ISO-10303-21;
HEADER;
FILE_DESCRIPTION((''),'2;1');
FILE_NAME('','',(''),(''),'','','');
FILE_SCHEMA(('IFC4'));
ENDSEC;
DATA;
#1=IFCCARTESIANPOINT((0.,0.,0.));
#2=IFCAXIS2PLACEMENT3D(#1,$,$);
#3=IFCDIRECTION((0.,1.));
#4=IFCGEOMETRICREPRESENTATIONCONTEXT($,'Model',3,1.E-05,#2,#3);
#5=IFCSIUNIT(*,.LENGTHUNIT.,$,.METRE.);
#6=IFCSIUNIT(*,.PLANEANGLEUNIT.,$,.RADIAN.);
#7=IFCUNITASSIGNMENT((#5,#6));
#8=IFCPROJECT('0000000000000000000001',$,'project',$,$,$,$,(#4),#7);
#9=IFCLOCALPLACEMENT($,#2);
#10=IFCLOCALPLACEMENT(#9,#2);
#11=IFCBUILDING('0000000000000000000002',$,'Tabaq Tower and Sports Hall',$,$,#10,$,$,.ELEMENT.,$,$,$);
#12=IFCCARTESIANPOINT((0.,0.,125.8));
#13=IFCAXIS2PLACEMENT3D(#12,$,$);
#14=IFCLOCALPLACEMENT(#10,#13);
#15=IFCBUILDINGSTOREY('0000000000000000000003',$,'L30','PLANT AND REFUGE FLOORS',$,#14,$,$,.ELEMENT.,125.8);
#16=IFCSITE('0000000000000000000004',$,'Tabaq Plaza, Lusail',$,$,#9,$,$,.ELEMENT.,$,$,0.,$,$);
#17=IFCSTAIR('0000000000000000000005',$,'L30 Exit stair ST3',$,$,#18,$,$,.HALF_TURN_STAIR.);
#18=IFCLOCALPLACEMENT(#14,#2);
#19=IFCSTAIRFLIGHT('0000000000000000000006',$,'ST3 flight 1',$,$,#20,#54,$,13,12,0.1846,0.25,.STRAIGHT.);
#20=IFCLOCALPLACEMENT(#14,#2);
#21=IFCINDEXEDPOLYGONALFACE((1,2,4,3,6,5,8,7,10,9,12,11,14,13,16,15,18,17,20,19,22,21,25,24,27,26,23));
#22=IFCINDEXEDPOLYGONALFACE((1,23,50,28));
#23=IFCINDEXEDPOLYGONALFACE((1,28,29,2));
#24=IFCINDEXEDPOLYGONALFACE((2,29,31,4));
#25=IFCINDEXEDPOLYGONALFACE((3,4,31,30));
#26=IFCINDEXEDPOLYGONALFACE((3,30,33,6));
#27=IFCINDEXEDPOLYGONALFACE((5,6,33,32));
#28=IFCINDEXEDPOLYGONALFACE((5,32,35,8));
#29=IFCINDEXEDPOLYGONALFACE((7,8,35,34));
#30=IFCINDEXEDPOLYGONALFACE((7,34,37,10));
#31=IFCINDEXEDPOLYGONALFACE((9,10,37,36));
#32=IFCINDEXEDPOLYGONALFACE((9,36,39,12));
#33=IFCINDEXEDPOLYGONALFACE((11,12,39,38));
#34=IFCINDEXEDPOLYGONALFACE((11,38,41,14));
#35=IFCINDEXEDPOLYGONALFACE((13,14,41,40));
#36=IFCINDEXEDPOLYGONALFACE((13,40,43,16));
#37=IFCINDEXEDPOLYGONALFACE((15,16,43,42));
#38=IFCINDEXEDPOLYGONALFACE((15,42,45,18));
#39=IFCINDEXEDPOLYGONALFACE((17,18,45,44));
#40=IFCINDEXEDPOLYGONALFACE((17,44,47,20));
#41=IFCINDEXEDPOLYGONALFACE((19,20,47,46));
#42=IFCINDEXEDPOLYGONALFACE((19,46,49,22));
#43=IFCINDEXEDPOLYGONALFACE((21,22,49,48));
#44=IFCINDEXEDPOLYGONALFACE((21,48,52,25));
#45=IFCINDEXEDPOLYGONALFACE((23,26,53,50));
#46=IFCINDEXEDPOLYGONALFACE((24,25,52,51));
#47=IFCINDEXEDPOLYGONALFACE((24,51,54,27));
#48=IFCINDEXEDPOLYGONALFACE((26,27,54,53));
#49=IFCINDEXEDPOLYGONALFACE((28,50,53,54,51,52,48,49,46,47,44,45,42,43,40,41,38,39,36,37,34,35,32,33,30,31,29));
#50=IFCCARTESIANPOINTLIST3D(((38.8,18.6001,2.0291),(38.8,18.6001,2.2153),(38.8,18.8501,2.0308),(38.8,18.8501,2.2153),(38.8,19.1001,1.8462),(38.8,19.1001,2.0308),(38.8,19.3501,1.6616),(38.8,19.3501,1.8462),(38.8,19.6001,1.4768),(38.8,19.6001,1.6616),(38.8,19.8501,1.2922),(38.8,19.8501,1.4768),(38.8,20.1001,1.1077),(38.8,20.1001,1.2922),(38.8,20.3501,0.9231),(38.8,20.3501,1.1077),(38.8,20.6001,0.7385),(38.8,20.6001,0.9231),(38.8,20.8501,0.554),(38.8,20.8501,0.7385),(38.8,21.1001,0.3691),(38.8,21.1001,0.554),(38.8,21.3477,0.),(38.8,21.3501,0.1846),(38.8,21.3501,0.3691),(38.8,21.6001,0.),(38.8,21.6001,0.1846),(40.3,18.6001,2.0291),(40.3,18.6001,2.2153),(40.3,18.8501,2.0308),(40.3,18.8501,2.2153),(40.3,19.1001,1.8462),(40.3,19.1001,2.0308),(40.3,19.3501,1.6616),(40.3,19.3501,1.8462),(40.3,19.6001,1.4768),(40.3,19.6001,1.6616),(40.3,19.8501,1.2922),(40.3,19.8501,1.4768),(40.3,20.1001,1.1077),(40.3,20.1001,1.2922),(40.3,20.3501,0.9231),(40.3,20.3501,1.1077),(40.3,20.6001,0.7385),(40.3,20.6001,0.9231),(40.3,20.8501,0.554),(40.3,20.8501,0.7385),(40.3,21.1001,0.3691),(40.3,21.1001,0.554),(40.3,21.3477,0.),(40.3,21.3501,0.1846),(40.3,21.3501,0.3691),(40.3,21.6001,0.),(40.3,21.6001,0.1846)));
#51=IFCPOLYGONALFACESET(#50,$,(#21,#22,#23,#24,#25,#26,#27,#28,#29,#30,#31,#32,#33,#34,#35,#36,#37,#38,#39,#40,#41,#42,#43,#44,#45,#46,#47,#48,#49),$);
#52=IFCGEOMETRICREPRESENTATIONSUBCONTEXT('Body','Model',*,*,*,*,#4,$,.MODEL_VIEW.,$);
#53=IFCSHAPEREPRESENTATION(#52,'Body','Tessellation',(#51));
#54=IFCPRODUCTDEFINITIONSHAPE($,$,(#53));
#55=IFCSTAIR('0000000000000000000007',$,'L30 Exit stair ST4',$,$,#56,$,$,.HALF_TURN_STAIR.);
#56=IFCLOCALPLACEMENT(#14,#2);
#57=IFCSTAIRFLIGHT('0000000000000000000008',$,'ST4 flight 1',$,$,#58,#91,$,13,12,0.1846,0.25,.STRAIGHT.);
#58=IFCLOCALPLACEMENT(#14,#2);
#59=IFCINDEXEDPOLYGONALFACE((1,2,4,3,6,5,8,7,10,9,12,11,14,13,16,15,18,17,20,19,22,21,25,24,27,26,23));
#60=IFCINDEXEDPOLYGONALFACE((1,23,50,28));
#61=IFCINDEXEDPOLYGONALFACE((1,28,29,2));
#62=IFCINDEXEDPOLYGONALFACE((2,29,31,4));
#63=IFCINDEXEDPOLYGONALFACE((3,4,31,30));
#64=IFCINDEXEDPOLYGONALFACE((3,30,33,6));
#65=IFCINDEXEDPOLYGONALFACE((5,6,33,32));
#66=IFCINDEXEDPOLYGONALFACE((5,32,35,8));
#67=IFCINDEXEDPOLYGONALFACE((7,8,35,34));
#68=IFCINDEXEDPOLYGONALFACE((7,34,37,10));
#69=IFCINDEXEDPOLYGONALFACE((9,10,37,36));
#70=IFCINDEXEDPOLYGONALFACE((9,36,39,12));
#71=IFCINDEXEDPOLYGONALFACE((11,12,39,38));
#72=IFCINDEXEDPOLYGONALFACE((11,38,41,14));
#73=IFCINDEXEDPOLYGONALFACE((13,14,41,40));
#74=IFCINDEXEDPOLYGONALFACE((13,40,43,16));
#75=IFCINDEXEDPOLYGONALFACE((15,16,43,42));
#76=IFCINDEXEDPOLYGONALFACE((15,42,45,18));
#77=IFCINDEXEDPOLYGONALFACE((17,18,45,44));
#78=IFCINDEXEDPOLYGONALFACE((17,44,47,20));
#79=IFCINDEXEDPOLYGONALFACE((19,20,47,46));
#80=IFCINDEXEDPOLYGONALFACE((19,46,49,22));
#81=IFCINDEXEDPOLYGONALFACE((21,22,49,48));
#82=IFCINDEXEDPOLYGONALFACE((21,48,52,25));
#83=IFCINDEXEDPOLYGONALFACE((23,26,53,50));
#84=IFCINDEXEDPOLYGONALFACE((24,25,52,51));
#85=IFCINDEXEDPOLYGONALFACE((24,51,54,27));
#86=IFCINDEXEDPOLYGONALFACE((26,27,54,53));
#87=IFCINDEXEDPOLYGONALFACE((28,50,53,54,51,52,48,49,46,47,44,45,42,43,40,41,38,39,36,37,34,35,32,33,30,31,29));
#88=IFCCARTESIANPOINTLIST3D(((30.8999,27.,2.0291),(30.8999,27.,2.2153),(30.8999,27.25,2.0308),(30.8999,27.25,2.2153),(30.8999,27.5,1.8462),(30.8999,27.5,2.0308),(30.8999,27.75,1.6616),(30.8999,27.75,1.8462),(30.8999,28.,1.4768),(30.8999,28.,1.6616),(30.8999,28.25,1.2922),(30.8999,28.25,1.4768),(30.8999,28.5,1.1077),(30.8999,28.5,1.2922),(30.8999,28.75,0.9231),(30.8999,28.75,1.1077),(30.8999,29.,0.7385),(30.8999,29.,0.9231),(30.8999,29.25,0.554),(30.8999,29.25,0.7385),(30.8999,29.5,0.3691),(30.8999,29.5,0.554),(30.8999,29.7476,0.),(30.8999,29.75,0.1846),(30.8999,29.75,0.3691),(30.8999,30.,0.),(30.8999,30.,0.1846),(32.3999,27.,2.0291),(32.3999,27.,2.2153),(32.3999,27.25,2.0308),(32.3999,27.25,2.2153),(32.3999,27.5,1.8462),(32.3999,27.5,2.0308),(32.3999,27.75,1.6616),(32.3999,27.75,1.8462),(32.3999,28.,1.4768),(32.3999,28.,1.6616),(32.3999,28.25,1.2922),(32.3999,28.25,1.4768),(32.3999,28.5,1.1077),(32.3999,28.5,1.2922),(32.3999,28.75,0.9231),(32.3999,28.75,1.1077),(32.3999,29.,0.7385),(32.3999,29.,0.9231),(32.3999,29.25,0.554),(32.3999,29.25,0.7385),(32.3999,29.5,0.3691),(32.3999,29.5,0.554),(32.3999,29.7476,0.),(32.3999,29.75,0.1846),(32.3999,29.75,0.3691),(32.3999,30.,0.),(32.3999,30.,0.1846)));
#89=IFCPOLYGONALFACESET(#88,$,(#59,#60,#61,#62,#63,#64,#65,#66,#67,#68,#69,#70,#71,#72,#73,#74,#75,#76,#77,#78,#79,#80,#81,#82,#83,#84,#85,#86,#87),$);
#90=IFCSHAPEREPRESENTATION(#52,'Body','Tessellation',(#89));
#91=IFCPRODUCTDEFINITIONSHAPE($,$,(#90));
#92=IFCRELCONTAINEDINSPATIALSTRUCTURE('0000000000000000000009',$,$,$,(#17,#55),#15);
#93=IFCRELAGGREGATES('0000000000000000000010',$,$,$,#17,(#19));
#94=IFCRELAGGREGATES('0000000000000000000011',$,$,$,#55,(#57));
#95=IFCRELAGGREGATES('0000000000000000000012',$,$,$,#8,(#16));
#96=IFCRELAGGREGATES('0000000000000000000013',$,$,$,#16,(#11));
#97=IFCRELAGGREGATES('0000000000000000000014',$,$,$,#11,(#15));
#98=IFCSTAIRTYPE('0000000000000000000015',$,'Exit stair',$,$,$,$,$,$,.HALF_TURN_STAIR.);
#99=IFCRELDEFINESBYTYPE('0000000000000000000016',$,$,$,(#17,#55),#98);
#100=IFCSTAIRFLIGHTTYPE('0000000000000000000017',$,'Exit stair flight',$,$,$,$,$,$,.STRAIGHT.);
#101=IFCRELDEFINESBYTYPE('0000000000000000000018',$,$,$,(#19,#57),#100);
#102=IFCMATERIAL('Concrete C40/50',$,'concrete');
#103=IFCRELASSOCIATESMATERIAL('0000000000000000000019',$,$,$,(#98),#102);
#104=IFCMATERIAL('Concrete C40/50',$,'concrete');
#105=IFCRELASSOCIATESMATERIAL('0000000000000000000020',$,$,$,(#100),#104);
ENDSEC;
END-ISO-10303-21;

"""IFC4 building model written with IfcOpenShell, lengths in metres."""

from ifc_helpers import new_model, si_unit, direction, frame, origin, place, context, subcontext, project, spatial, polyline, outline, extrude, material, type_object, element, aggregate, save


model = new_model("IFC4")

# Units and contexts
model_context = context("Model", 3, precision=1e-05, world=origin(), true_north=direction((0.0, 1.0)))
body_context = subcontext(model_context, "Body", "Model", "MODEL_VIEW")
ifc_project = project(units=[si_unit("LENGTHUNIT", "METRE"), si_unit("PLANEANGLEUNIT", "RADIAN")], contexts=[model_context])

# Site, building, storey
site_placement = place(None, origin())
site = spatial("IfcSite", under=ifc_project, at=site_placement, Name="Tabaq Plaza, Lusail", CompositionType="ELEMENT", RefElevation=0.0)
building_placement = place(site_placement, origin())
building = spatial("IfcBuilding", under=site, at=building_placement, Name="Tabaq Tower and Sports Hall", CompositionType="ELEMENT")
storey_placement = place(building_placement, frame((0.0, 0.0, 125.8)))
storey = spatial("IfcBuildingStorey", under=building, at=storey_placement, Name="L30", Description="PLANT AND REFUGE FLOORS", CompositionType="ELEMENT", Elevation=125.8)

# Stairs, stair flights
ifc_material_1 = material(Name="Concrete C40/50", Category="concrete")
stair_type = type_object("IfcStairType", Name="Exit stair", PredefinedType="HALF_TURN_STAIR", material=ifc_material_1)
stair_1_placement = place(storey_placement, origin())
stair_1 = element("IfcStair", 1, at=stair_1_placement, inside=storey, type_object=stair_type, Name="L30 Exit stair ST3", PredefinedType="HALF_TURN_STAIR")
ifc_material_2 = material(Name="Concrete C40/50", Category="concrete")
stair_flight_type = type_object("IfcStairFlightType", Name="Exit stair flight", PredefinedType="STRAIGHT", material=ifc_material_2)
stair_flight_1_placement = place(storey_placement, frame((39.55, 21.6001, 0.0), z_axis=(0.0, 0.0, 1.0), x_axis=(0.0, -1.0, 0.0)))
stair_flight_1 = element("IfcStairFlight", 2, at=stair_flight_1_placement, type_object=stair_flight_type, Name="ST3 flight 1", NumberOfRisers=13, NumberOfTreads=12, PredefinedType="STRAIGHT", RiserHeight=0.1846, TreadLength=0.25, context=body_context, shape_type="SweptSolid", body=[
    extrude(outline(polyline([(0.0, 0.0), (0.0, 0.1846), (0.25, 0.1846), (0.25, 0.3691), (0.5, 0.3691), (0.5, 0.554), (0.75, 0.554), (0.75, 0.7385), (1.0, 0.7385), (1.0, 0.9231), (1.25, 0.9231), (1.25, 1.1077), (1.5, 1.1077), (1.5, 1.2922), (1.75, 1.2922), (1.75, 1.4768), (2.0, 1.4768), (2.0, 1.6616), (2.25, 1.6616), (2.25, 1.8462), (2.5, 1.8462), (2.5, 2.0308), (2.75, 2.0308), (2.75, 2.2153), (3.0, 2.2153), (3.0, 2.3999), (3.0, 2.0291), (0.2524, 0.0), (0.0, 0.0)])), frame((0.0, 0.75, 0.0), z_axis=(0.0, -1.0, 0.0), x_axis=(1.0, 0.0, 0.0)), (0.0, 0.0, 1.0), 1.5),
])
aggregate(stair_1, [stair_flight_1])
stair_2_placement = place(storey_placement, origin())
stair_2 = element("IfcStair", 3, at=stair_2_placement, inside=storey, type_object=stair_type, Name="L30 Exit stair ST4", PredefinedType="HALF_TURN_STAIR")
stair_flight_2_placement = place(storey_placement, frame((31.6499, 30.0, 0.0), z_axis=(0.0, 0.0, 1.0), x_axis=(0.0, -1.0, 0.0)))
stair_flight_2 = element("IfcStairFlight", 4, at=stair_flight_2_placement, type_object=stair_flight_type, Name="ST4 flight 1", NumberOfRisers=13, NumberOfTreads=12, PredefinedType="STRAIGHT", RiserHeight=0.1846, TreadLength=0.25, context=body_context, shape_type="SweptSolid", body=[
    extrude(outline(polyline([(0.0, 0.0), (0.0, 0.1846), (0.25, 0.1846), (0.25, 0.3691), (0.5, 0.3691), (0.5, 0.554), (0.75, 0.554), (0.75, 0.7385), (1.0, 0.7385), (1.0, 0.9231), (1.25, 0.9231), (1.25, 1.1077), (1.5, 1.1077), (1.5, 1.2922), (1.75, 1.2922), (1.75, 1.4768), (2.0, 1.4768), (2.0, 1.6616), (2.25, 1.6616), (2.25, 1.8462), (2.5, 1.8462), (2.5, 2.0308), (2.75, 2.0308), (2.75, 2.2153), (3.0, 2.2153), (3.0, 2.3999), (3.0, 2.0291), (0.2524, 0.0), (0.0, 0.0)])), frame((0.0, 0.75, 0.0), z_axis=(0.0, -1.0, 0.0), x_axis=(1.0, 0.0, 0.0)), (0.0, 0.0, 1.0), 1.5),
])
aggregate(stair_2, [stair_flight_2])

save(model, "model.ifc")
